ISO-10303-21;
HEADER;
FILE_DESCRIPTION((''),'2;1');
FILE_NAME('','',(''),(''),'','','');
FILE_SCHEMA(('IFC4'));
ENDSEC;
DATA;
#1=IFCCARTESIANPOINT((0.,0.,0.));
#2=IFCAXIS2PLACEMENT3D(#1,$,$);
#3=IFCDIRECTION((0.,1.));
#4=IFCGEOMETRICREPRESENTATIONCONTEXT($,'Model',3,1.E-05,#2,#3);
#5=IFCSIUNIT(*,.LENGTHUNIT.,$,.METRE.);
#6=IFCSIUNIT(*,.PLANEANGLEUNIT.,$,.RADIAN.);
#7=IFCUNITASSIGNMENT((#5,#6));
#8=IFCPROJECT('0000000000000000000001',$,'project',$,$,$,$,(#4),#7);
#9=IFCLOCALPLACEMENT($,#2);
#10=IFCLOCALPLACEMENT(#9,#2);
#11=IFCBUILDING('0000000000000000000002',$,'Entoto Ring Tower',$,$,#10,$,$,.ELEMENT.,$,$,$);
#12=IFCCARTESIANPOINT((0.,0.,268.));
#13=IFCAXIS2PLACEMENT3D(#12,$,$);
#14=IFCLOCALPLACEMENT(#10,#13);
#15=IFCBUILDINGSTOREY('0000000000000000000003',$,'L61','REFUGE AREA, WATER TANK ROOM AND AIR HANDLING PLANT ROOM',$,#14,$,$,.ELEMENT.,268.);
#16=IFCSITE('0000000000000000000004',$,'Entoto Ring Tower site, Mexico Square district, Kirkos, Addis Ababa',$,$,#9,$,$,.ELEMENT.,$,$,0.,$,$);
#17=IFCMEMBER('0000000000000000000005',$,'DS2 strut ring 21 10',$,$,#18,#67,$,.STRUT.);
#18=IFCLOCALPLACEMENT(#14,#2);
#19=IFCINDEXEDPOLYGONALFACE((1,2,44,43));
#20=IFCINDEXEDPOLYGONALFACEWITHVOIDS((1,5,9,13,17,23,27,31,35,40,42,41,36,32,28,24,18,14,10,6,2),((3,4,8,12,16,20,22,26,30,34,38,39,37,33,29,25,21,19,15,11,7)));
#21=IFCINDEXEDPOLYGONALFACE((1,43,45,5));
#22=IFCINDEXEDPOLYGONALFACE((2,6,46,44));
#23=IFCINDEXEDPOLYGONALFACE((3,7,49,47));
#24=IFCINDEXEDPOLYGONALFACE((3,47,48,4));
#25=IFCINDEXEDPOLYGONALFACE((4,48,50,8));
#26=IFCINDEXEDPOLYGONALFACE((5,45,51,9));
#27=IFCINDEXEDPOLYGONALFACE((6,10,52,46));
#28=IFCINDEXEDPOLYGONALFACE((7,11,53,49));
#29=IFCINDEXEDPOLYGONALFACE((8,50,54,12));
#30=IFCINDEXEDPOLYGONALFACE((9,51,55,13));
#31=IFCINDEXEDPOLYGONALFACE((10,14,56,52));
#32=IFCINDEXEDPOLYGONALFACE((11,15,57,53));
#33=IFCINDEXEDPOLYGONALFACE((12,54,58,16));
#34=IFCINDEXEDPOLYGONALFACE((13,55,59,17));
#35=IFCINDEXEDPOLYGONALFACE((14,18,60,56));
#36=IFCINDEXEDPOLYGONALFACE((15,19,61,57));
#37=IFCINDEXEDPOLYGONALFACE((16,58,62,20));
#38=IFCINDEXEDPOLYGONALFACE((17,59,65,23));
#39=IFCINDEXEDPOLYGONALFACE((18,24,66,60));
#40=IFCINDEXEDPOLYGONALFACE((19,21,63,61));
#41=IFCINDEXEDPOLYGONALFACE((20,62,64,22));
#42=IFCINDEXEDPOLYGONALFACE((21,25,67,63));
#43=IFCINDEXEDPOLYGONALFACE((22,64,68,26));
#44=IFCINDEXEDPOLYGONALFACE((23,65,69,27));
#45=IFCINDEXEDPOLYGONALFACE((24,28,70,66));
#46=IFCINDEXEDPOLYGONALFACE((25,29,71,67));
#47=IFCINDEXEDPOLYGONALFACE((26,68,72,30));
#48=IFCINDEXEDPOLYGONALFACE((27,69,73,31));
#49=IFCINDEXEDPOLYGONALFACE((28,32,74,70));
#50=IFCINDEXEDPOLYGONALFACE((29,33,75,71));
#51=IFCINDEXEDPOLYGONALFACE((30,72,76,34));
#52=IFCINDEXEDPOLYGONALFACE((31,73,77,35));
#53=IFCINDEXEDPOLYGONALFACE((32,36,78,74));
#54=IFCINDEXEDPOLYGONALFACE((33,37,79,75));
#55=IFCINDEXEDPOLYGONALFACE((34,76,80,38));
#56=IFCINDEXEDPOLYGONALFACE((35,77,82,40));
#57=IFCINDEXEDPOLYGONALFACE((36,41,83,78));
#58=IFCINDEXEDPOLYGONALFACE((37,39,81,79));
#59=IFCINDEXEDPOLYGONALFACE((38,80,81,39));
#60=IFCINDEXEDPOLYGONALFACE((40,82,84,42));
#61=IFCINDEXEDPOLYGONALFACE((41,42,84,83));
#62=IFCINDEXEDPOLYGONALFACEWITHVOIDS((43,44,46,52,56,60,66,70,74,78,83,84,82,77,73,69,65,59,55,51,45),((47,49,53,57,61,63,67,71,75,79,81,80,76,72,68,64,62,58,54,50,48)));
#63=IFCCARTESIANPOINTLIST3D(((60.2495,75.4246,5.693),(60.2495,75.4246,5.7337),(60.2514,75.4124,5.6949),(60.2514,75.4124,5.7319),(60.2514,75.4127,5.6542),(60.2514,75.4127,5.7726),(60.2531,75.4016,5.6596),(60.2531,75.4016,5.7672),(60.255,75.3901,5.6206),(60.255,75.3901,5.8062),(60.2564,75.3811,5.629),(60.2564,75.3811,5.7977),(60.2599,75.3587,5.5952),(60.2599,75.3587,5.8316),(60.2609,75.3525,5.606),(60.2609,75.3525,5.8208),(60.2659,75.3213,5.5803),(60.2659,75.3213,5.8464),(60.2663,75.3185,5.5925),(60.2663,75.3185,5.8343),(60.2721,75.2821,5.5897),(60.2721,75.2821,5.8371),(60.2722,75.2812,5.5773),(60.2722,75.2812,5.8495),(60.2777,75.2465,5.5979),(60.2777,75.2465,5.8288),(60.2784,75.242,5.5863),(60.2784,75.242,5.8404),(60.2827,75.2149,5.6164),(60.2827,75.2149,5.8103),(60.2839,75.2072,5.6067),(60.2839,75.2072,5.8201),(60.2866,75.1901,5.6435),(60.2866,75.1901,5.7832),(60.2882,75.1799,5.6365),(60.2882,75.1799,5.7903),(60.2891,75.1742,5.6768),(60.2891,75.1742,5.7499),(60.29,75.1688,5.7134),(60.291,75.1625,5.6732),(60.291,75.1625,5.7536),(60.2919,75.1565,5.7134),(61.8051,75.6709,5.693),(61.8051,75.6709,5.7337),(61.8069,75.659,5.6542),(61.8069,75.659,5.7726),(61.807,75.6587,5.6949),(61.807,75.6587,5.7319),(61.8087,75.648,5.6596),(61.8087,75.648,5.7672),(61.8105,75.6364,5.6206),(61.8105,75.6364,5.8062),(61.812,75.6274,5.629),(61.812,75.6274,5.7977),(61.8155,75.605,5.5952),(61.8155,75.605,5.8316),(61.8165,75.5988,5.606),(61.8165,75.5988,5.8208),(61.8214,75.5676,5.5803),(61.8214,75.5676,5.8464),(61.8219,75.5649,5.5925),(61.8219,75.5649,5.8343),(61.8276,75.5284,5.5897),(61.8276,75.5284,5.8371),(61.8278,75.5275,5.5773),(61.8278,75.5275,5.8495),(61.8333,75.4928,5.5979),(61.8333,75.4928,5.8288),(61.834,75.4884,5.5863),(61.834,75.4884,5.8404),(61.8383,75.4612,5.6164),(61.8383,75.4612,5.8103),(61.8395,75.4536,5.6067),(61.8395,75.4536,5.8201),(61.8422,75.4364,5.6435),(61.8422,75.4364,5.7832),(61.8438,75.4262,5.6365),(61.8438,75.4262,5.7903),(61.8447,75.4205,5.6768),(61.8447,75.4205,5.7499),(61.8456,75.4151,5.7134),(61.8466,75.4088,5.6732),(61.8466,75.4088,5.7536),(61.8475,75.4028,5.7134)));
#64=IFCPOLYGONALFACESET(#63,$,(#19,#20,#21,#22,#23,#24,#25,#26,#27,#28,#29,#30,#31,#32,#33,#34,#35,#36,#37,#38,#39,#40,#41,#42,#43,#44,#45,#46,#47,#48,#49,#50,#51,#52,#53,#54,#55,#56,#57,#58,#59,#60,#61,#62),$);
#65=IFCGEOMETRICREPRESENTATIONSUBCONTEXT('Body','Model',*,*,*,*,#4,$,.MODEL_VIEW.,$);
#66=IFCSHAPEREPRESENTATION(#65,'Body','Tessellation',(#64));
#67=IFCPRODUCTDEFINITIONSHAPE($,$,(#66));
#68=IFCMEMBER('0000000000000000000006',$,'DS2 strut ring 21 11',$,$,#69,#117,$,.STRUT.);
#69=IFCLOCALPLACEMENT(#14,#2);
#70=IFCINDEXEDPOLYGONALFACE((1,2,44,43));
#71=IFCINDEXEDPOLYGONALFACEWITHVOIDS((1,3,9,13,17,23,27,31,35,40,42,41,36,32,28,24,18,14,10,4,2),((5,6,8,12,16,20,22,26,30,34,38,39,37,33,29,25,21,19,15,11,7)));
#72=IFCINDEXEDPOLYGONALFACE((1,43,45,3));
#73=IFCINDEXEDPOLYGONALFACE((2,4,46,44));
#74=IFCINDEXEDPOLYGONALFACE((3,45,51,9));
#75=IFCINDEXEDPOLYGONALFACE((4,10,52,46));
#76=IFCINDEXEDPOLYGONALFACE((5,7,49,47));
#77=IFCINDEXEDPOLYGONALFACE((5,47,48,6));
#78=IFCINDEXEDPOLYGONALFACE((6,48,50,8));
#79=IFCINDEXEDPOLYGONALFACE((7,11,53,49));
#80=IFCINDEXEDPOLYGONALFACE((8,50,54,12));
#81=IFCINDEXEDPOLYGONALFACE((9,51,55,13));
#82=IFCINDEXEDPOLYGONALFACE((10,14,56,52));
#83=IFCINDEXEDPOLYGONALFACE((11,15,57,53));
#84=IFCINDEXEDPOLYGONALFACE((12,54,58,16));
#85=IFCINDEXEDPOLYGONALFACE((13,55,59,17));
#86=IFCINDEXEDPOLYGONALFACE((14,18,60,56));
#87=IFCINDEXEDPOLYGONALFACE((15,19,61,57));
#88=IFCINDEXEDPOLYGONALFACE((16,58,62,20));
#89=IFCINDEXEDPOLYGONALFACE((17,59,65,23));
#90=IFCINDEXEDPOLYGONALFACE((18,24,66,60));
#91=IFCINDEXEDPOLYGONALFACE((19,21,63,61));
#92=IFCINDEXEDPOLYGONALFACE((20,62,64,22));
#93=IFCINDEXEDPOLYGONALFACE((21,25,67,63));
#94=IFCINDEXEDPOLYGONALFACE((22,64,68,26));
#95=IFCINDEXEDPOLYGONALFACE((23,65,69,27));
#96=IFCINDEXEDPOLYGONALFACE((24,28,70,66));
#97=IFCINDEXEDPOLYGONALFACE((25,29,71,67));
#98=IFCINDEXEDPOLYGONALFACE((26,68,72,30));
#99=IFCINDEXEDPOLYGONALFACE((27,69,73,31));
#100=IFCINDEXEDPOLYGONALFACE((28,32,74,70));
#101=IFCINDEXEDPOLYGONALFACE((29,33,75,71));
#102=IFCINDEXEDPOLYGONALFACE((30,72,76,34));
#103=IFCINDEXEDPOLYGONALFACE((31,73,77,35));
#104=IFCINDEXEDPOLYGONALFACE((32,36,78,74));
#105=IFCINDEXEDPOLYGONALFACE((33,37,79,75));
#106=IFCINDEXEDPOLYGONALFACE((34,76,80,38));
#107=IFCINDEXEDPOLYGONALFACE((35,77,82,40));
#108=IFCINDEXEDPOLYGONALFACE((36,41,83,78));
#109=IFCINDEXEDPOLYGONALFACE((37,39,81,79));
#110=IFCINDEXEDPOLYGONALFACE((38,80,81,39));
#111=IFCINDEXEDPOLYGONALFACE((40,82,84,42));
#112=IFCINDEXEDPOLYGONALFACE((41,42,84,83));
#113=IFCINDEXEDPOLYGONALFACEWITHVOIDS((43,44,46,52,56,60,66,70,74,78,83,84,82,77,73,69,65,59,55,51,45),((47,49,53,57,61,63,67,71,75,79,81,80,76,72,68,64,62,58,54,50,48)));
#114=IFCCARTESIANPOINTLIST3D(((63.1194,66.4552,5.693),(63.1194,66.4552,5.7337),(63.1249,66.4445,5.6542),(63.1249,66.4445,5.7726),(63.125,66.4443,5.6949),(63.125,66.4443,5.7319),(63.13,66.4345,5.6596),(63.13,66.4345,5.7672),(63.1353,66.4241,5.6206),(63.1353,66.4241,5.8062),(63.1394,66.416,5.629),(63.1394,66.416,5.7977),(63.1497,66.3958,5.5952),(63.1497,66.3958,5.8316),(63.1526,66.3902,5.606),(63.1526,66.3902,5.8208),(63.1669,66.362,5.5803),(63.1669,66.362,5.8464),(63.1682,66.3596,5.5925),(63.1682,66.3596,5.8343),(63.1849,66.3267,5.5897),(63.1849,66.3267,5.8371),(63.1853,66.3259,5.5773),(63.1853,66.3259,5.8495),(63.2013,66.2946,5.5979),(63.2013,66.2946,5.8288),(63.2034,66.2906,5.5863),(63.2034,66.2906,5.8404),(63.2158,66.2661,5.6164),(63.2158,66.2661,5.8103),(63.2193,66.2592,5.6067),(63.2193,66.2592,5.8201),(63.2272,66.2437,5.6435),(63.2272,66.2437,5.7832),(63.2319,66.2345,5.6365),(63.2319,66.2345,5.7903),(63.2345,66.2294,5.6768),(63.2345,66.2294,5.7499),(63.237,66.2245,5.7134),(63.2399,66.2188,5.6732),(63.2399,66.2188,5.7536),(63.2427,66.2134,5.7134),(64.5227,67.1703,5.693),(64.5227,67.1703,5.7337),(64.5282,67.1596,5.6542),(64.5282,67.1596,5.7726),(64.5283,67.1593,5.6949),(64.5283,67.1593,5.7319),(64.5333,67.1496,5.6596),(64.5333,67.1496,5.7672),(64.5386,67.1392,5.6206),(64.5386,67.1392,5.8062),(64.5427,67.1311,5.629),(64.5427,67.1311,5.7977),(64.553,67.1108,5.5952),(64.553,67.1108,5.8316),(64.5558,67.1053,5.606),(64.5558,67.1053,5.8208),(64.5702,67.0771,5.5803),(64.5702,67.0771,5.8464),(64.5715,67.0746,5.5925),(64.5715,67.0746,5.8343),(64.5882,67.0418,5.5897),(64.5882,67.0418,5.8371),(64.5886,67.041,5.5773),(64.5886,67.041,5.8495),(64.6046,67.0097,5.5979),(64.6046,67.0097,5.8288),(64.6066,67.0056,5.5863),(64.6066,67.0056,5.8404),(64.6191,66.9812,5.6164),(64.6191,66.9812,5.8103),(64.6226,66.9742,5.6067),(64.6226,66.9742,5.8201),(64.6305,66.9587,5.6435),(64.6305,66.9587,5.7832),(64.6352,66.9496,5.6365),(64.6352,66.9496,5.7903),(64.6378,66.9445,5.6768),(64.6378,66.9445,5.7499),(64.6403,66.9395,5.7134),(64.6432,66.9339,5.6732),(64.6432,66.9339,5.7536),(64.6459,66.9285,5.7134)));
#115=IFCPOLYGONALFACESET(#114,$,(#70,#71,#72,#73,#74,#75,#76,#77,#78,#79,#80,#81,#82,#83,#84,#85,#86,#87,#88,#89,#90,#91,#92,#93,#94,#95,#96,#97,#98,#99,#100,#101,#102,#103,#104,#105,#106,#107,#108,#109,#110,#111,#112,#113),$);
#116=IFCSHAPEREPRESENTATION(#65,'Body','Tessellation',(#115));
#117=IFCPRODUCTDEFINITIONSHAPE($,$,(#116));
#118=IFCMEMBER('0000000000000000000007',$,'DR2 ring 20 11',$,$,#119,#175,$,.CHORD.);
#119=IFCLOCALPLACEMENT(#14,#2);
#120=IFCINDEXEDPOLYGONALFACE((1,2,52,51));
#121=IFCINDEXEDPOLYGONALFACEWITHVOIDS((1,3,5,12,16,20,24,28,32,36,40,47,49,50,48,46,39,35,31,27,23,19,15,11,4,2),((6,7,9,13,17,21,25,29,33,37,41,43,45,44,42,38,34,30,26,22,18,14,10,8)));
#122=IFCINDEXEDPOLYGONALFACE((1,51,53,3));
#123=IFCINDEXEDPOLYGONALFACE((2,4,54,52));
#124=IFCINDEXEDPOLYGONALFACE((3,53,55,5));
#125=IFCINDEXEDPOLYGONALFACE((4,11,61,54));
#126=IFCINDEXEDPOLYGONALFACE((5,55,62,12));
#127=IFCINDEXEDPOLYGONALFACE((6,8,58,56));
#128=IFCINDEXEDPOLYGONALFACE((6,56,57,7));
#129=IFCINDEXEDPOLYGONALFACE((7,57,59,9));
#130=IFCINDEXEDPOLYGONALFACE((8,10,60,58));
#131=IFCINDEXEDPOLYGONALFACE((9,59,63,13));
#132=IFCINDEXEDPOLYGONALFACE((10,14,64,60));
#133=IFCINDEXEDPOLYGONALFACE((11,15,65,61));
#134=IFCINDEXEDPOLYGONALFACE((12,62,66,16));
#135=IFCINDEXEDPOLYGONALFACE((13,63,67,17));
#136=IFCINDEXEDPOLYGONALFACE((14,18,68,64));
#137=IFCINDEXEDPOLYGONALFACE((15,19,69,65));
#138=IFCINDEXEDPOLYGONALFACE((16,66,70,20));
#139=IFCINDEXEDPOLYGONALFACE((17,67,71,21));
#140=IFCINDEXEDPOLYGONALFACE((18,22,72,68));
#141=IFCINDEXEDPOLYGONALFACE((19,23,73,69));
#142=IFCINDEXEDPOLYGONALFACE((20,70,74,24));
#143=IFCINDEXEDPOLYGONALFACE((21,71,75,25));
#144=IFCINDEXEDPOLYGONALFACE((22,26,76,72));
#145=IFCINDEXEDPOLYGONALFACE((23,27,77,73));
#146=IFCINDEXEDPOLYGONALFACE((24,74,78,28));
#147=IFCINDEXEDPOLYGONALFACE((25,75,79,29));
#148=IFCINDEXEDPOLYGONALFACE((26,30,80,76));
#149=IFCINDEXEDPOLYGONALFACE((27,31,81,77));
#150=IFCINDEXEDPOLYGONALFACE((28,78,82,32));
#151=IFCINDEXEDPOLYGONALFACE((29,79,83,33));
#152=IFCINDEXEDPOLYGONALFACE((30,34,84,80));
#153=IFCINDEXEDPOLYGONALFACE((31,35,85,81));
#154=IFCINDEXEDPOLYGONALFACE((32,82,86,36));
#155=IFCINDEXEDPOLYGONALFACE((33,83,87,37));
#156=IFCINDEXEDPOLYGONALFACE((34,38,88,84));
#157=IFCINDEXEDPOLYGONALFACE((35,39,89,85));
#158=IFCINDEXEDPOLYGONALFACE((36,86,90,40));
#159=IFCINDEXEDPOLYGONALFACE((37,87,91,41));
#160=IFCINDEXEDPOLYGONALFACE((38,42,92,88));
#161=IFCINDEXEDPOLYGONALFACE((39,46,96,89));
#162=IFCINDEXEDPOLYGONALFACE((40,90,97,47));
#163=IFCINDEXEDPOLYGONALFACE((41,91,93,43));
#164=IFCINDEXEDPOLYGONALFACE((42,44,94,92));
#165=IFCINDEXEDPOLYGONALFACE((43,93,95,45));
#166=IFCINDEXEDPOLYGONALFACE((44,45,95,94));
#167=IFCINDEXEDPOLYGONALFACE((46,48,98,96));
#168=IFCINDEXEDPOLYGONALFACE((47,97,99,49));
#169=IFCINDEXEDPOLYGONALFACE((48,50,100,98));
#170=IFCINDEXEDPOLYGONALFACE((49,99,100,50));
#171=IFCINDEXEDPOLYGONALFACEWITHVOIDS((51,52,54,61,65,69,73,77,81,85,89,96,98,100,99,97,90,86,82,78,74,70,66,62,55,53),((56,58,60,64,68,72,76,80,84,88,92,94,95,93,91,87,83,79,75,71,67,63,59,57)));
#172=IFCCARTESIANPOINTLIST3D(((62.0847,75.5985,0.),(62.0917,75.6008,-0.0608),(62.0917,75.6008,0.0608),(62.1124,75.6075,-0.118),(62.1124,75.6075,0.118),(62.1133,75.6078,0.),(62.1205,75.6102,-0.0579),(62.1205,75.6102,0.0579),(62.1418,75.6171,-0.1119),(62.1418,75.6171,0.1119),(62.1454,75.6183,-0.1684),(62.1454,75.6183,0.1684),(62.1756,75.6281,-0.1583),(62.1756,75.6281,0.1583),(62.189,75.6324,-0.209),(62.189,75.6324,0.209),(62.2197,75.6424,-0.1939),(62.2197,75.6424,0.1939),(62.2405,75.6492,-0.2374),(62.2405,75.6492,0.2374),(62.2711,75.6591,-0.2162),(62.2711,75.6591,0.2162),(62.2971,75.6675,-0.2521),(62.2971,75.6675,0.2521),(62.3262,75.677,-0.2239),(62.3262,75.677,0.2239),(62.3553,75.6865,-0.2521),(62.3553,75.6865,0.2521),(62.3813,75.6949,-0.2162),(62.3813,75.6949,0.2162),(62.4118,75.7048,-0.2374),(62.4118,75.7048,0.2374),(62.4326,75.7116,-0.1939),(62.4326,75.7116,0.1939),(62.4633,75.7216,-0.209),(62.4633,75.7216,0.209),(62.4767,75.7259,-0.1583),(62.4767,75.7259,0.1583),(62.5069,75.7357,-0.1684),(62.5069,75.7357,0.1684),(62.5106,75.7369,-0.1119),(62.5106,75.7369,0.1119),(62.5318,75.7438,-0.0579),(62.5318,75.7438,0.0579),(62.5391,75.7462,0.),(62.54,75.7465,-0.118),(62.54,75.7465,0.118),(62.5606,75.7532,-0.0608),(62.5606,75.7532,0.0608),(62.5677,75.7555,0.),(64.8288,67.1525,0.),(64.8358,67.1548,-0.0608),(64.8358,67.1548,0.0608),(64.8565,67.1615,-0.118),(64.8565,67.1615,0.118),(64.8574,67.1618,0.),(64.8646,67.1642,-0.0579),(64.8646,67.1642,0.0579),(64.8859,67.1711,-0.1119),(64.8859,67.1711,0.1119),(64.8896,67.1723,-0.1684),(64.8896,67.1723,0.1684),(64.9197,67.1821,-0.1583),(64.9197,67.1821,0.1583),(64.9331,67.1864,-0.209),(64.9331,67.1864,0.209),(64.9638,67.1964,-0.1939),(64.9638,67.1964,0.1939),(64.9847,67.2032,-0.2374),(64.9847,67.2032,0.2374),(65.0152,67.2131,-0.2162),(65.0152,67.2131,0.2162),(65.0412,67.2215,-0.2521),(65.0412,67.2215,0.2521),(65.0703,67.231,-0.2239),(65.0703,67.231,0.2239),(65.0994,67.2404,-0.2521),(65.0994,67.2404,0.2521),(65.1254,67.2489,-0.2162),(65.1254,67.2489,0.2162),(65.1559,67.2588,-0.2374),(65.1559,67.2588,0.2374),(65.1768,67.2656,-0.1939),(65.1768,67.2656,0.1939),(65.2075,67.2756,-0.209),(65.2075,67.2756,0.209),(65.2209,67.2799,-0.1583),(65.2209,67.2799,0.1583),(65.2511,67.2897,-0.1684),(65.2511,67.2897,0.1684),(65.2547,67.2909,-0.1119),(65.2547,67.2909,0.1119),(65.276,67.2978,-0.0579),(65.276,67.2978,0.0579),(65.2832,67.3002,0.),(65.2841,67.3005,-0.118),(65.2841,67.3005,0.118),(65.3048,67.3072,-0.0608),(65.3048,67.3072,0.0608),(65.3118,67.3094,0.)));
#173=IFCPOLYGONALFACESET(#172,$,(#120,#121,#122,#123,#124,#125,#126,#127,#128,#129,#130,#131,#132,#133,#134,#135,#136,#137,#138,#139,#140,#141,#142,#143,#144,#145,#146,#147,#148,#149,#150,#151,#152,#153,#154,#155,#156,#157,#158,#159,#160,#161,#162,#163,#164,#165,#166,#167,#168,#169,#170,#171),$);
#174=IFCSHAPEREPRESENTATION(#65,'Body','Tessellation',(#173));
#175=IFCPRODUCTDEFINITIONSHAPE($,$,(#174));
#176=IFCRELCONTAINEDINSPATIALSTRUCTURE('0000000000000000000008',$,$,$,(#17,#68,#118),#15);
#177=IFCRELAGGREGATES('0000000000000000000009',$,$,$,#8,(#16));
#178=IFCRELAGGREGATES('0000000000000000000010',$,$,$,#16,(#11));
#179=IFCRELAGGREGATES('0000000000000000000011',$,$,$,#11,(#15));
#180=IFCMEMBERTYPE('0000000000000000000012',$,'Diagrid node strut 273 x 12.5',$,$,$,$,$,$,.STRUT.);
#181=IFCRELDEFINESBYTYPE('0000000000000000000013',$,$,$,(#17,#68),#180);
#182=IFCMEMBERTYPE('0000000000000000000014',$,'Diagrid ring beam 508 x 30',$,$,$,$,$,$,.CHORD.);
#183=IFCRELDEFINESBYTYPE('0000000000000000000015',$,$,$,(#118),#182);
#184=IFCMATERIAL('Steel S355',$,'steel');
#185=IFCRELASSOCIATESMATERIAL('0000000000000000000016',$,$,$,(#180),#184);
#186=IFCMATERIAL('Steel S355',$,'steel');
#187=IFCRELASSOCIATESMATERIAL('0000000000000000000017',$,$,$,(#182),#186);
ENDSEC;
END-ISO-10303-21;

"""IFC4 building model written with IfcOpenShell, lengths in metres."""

from ifc_helpers import new_model, si_unit, direction, frame, origin, origin_2d, place, context, subcontext, project, spatial, circle, hollow_circle, extrude, material, material_profile, profile_set, type_object, element, save


model = new_model("IFC4")

# Units and contexts
model_context = context("Model", 3, precision=1e-05, world=origin(), true_north=direction((0.0, 1.0)))
body_context = subcontext(model_context, "Body", "Model", "MODEL_VIEW")
ifc_project = project(units=[si_unit("LENGTHUNIT", "METRE"), si_unit("PLANEANGLEUNIT", "RADIAN")], contexts=[model_context])

# Site, building, storey
site_placement = place(None, origin())
site = spatial("IfcSite", under=ifc_project, at=site_placement, Name="Entoto Ring Tower site, Mexico Square district, Kirkos, Addis Ababa", CompositionType="ELEMENT", RefElevation=0.0)
building_placement = place(site_placement, origin())
building = spatial("IfcBuilding", under=site, at=building_placement, Name="Entoto Ring Tower", CompositionType="ELEMENT")
storey_placement = place(building_placement, frame((0.0, 0.0, 268.0)))
storey = spatial("IfcBuildingStorey", under=building, at=storey_placement, Name="L61", Description="REFUGE AREA, WATER TANK ROOM AND AIR HANDLING PLANT ROOM", CompositionType="ELEMENT", Elevation=268.0)

# Members
ifc_material_1 = material(Name="Steel S355", Category="steel")
ifc_material_profile_1 = material_profile(ifc_material_1, hollow_circle(Radius=0.1365, WallThickness=0.0125, at=origin_2d()), Name="CHS 273 x 12.5")
ifc_material_2 = material(Name="Concrete C60/75", Category="concrete")
ifc_material_profile_2 = material_profile(ifc_material_2, circle(Radius=0.124, at=origin_2d()), Name="Concrete C60/75 infill")
ifc_profile_set_1 = profile_set([ifc_material_profile_1, ifc_material_profile_2], Name="Steel S355")
member_type_1 = type_object("IfcMemberType", Name="Diagrid node strut 273 x 12.5", PredefinedType="STRUT", material=ifc_profile_set_1)
for number, where, z_axis, x_axis, name in (
    (1, (61.8262, 75.5376, 5.7134), (-0.987694, -0.1564, 0.0), (0.1564, -0.987694, 0.0), "DS2 strut ring 21 10"),
    (2, (64.584, 67.05, 5.7134), (-0.890991, -0.454021, 0.0), (0.454021, -0.890991, 0.0), "DS2 strut ring 21 11"),
):
    element("IfcMember", number, at=place(storey_placement, frame(where, z_axis=z_axis, x_axis=x_axis)), inside=storey, type_object=member_type_1, Name=name, PredefinedType="STRUT", context=body_context, shape_type="SweptSolid", body=[
        extrude(hollow_circle(Radius=0.1365, WallThickness=0.0125, at=origin_2d()), origin(), (0.0, 0.0, 1.0), 1.575),
    ])
ifc_material_3 = material(Name="Steel S355", Category="steel")
ifc_material_profile_3 = material_profile(ifc_material_3, hollow_circle(Radius=0.2539, WallThickness=0.03, at=origin_2d()), Name="CHS 508 x 30")
ifc_material_4 = material(Name="Concrete C60/75", Category="concrete")
ifc_material_profile_4 = material_profile(ifc_material_4, circle(Radius=0.2241, at=origin_2d()), Name="Concrete C60/75 infill")
ifc_profile_set_2 = profile_set([ifc_material_profile_3, ifc_material_profile_4], Name="Steel S355")
member_type_2 = type_object("IfcMemberType", Name="Diagrid ring beam 508 x 30", PredefinedType="CHORD", material=ifc_profile_set_2)
for number, where, z_axis, x_axis, name in (
    (3, (62.3262, 75.677, 0.0), (0.309002, -0.951061, 0.0), (0.951061, 0.309002, 0.0), "DR2 ring 20 11"),
):
    element("IfcMember", number, at=place(storey_placement, frame(where, z_axis=z_axis, x_axis=x_axis)), inside=storey, type_object=member_type_2, Name=name, PredefinedType="CHORD", context=body_context, shape_type="SweptSolid", body=[
        extrude(hollow_circle(Radius=0.2539, WallThickness=0.03, at=origin_2d()), origin(), (0.0, 0.0, 1.0), 8.8806),
    ])

save(model, "model.ifc")
